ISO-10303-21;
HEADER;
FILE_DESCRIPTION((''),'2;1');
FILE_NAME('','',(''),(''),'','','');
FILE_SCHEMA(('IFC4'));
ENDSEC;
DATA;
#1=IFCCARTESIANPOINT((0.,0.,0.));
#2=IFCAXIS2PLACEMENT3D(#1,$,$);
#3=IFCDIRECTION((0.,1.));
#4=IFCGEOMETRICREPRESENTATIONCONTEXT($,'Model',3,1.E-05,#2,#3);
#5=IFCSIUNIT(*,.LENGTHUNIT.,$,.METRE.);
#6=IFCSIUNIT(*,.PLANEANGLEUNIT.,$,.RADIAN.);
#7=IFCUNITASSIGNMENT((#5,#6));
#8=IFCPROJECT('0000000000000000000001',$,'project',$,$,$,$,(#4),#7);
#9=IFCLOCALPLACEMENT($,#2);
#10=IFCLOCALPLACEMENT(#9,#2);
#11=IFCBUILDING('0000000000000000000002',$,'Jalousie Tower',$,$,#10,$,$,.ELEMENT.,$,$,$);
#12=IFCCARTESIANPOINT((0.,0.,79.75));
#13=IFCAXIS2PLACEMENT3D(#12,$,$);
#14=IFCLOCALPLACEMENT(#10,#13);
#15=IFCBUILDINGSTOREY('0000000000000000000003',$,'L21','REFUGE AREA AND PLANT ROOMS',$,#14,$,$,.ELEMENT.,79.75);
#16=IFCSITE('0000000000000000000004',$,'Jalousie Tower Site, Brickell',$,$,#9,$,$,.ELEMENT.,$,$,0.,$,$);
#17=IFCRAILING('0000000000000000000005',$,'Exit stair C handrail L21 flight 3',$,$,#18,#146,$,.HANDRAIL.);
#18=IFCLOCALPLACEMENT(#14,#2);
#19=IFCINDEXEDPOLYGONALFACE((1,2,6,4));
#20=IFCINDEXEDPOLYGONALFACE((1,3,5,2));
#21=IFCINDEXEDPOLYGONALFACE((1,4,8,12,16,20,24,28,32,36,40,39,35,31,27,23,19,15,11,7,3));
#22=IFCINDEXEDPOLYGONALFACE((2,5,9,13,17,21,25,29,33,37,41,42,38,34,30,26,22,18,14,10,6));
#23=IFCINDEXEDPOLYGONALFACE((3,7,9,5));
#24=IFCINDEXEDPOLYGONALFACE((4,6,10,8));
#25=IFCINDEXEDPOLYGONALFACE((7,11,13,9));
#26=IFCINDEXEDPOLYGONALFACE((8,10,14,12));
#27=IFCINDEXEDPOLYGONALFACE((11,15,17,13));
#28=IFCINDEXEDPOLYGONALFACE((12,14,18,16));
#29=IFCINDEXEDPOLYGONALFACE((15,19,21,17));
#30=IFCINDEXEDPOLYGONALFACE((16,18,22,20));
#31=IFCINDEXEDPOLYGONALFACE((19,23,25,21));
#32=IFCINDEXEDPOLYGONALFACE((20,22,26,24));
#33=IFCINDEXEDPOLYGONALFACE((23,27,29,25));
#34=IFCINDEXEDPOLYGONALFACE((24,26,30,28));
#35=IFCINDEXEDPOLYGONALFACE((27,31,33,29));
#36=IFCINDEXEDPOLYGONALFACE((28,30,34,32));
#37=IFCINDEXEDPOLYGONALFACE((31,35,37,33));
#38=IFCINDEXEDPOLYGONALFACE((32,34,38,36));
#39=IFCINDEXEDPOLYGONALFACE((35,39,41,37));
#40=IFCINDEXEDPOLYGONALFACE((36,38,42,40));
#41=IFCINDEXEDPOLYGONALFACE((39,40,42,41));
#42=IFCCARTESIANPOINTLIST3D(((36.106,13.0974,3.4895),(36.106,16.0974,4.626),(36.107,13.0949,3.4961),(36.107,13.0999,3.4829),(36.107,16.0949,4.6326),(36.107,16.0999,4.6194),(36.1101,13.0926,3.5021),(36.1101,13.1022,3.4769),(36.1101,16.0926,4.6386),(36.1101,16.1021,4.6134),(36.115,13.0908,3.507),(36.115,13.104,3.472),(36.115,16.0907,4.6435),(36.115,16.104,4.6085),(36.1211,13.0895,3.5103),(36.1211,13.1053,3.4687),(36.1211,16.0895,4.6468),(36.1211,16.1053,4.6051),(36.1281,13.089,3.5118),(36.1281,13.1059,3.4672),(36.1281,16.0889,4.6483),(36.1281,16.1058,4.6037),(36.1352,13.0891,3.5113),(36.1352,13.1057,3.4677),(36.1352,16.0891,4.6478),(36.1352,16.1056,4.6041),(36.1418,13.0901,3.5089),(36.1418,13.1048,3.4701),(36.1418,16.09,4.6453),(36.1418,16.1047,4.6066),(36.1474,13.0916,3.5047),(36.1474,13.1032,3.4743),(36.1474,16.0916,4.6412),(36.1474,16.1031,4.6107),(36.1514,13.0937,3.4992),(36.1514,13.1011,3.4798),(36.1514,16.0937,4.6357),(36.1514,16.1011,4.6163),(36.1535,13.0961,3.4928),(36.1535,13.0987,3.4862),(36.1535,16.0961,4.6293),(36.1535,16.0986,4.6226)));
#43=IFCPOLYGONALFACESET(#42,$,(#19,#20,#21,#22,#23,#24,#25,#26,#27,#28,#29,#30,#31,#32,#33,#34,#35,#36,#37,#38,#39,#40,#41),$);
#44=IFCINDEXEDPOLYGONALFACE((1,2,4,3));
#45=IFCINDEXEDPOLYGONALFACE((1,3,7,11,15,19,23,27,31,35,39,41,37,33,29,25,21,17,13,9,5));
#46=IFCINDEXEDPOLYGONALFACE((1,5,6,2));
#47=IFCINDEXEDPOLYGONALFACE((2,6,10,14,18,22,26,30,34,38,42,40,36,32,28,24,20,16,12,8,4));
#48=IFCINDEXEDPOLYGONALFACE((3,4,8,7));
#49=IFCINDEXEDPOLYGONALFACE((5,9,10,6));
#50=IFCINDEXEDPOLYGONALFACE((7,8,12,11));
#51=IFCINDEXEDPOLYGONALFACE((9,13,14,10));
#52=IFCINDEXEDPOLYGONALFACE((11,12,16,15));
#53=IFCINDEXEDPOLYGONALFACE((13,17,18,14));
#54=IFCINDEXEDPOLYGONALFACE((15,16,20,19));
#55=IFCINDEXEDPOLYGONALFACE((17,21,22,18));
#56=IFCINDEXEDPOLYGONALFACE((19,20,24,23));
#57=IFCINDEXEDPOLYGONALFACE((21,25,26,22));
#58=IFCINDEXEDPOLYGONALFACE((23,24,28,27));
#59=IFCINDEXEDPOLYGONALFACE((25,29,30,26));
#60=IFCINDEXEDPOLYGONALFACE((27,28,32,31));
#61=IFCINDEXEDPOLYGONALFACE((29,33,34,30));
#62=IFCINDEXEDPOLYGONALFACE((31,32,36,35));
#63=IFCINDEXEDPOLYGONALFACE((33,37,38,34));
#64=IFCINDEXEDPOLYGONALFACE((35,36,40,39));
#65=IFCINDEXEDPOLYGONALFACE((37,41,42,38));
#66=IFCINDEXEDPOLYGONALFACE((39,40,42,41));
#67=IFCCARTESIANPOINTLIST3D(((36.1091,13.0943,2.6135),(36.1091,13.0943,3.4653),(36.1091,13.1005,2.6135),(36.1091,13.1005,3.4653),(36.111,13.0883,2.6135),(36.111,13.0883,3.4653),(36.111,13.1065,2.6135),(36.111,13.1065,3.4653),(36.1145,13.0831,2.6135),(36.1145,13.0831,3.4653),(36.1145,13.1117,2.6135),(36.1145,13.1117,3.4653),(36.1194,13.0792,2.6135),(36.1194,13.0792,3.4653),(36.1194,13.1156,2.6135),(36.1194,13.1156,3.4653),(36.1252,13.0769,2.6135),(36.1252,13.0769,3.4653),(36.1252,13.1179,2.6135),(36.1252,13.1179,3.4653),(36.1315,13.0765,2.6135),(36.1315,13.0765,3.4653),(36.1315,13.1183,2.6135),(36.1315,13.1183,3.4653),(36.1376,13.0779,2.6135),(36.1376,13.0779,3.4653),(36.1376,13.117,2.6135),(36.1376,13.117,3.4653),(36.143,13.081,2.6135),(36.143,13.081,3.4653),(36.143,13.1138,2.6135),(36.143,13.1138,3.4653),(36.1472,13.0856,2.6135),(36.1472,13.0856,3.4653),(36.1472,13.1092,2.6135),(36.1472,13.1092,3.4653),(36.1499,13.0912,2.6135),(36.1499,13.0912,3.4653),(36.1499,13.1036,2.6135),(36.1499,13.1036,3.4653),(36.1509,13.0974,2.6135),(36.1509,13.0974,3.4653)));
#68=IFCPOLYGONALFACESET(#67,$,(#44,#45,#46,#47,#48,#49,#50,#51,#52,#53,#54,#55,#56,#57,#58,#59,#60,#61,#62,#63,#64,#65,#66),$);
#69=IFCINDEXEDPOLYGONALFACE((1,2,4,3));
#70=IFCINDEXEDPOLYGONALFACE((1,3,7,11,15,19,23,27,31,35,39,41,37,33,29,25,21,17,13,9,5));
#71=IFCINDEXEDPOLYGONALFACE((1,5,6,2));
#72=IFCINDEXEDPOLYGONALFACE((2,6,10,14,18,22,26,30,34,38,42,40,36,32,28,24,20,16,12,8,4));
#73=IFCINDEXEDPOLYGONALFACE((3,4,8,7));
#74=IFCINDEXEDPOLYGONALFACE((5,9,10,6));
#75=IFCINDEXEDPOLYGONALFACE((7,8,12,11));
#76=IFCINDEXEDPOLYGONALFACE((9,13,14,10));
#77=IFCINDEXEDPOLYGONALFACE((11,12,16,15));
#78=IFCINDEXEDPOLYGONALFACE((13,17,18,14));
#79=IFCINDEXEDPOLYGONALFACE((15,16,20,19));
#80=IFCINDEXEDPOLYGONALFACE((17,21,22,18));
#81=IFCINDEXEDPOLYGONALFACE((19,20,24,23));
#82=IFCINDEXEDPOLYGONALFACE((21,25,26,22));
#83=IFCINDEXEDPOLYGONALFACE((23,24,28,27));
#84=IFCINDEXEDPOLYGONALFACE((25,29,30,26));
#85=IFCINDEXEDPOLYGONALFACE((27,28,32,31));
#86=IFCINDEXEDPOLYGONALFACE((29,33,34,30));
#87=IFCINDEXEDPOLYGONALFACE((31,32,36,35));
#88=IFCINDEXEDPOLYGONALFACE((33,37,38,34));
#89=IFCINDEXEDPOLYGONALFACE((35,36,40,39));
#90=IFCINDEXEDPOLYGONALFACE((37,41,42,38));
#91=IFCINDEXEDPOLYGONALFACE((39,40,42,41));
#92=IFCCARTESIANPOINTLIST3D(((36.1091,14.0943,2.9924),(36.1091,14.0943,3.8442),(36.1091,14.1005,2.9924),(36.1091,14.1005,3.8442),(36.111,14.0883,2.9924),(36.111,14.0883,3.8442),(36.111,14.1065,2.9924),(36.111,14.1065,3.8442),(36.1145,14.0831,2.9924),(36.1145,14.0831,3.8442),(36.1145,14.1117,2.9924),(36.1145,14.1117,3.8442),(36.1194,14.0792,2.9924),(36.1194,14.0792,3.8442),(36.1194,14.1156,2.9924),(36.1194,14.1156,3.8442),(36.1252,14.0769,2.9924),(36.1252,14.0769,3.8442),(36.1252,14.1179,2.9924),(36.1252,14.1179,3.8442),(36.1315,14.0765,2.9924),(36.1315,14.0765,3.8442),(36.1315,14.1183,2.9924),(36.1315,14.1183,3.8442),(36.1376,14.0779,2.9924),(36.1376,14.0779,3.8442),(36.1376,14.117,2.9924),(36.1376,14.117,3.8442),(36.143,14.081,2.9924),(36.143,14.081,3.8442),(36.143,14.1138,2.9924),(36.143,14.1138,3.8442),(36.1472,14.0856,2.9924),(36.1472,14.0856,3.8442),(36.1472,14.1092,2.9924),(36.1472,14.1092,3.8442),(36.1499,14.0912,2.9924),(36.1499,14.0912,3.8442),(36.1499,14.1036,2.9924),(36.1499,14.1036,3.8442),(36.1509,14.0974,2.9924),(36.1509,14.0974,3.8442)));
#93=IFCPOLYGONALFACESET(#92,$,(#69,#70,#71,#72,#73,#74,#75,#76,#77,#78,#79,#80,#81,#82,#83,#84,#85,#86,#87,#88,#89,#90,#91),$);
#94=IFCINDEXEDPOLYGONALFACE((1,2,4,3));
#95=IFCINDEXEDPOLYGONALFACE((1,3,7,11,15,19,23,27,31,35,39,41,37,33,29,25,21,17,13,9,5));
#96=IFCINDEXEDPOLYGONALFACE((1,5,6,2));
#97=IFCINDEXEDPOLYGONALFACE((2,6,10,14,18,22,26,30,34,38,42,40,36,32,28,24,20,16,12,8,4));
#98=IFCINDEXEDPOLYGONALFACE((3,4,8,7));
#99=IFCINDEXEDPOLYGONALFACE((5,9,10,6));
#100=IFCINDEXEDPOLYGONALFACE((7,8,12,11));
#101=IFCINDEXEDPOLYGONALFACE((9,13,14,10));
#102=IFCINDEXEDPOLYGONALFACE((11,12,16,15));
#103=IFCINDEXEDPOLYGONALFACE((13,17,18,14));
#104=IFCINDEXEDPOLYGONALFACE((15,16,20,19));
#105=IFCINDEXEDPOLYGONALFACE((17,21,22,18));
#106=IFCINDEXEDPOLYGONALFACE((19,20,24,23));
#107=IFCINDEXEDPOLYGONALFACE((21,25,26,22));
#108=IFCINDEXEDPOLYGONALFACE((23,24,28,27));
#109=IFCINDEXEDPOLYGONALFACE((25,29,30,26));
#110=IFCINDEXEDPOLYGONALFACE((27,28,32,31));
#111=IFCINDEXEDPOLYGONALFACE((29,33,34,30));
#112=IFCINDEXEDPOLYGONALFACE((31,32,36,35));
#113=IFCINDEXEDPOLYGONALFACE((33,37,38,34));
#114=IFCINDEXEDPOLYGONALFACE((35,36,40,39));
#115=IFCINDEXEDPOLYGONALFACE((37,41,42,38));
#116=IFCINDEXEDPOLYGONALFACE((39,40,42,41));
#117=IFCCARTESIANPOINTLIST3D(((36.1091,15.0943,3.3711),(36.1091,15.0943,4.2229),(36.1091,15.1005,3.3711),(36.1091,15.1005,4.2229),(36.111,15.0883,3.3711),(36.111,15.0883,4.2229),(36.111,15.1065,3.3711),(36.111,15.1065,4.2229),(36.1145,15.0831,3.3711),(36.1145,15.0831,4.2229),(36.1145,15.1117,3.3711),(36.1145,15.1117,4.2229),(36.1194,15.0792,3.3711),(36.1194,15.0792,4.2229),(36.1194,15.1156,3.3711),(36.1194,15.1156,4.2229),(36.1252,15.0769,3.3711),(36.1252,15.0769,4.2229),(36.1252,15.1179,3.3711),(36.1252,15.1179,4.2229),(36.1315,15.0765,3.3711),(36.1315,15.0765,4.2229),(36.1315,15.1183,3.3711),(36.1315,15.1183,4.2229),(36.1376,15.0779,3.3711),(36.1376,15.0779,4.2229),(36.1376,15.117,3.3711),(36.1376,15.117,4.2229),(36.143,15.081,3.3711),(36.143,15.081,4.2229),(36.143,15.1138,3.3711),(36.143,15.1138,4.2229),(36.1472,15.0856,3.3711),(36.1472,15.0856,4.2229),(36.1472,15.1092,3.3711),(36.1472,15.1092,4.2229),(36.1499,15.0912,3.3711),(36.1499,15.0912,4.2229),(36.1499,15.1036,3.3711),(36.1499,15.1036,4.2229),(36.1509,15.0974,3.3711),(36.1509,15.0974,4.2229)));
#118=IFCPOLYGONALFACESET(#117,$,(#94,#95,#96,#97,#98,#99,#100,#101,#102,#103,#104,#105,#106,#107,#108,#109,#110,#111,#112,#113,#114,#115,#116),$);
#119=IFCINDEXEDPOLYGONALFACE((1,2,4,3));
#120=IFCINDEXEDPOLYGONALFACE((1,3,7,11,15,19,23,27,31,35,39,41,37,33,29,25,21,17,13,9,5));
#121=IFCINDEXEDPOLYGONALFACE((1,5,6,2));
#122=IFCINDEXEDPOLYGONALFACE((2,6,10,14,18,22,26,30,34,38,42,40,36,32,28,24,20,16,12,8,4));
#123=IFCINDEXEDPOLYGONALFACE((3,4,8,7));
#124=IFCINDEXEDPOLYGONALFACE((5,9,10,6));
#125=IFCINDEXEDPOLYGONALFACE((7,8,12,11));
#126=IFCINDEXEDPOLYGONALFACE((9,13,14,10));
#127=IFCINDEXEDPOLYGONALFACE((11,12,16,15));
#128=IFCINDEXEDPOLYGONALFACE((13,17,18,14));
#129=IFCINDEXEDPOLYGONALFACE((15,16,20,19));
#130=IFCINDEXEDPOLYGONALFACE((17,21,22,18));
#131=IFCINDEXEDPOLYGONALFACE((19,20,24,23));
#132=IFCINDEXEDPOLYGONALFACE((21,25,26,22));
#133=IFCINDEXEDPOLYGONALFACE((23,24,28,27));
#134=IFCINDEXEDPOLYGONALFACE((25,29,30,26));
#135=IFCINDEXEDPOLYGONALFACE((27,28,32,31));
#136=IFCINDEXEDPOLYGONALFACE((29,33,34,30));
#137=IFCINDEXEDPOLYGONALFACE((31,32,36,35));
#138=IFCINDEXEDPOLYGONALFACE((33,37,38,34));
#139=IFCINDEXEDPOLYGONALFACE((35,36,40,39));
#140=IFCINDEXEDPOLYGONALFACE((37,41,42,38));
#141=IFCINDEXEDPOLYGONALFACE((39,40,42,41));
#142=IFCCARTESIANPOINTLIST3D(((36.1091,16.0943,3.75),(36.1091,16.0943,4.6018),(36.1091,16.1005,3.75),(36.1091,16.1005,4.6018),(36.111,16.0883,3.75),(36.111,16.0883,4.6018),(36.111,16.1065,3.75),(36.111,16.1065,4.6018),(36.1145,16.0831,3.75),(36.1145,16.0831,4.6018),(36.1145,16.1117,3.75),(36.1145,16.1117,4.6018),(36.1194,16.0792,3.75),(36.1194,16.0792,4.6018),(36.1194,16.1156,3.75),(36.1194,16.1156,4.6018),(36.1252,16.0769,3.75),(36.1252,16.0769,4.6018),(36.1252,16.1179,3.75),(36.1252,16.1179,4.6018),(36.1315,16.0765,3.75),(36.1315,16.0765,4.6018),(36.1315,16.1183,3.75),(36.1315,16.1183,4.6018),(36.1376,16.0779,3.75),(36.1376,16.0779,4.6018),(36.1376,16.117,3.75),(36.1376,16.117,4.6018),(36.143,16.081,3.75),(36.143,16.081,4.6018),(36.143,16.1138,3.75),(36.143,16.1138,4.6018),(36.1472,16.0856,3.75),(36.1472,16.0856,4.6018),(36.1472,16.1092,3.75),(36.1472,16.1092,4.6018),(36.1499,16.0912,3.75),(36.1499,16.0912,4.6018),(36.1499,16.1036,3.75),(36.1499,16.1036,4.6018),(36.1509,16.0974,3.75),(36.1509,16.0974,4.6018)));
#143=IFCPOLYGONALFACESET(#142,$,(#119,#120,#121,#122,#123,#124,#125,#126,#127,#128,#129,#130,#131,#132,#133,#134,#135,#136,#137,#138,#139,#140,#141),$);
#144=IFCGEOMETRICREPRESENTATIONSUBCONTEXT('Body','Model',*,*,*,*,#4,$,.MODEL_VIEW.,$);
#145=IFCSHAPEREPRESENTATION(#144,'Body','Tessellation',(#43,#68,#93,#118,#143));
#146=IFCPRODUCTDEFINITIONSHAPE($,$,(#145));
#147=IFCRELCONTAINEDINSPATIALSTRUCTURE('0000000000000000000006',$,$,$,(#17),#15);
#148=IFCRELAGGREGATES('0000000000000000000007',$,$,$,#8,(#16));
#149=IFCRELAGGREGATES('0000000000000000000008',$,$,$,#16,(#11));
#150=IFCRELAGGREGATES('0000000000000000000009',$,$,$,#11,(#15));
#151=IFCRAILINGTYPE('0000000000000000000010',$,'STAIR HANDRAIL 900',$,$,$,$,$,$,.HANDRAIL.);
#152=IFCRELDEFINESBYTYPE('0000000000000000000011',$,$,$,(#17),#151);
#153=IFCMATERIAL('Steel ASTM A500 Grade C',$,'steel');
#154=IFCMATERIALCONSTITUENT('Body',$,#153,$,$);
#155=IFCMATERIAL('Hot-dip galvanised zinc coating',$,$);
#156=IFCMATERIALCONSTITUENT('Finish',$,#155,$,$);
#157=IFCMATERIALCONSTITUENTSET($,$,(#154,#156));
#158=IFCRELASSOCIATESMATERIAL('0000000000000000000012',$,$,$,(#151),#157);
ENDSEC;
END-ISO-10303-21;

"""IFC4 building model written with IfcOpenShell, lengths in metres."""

from ifc_helpers import new_model, si_unit, direction, frame, origin, origin_2d, place, context, subcontext, project, spatial, circle, extrude, material, constituent, constituent_set, type_object, element, save


model = new_model("IFC4")

# Units and contexts
model_context = context("Model", 3, precision=1e-05, world=origin(), true_north=direction((0.0, 1.0)))
body_context = subcontext(model_context, "Body", "Model", "MODEL_VIEW")
ifc_project = project(units=[si_unit("LENGTHUNIT", "METRE"), si_unit("PLANEANGLEUNIT", "RADIAN")], contexts=[model_context])

# Site, building, storey
site_placement = place(None, origin())
site = spatial("IfcSite", under=ifc_project, at=site_placement, Name="Jalousie Tower Site, Brickell", CompositionType="ELEMENT", RefElevation=0.0)
building_placement = place(site_placement, origin())
building = spatial("IfcBuilding", under=site, at=building_placement, Name="Jalousie Tower", CompositionType="ELEMENT")
storey_placement = place(building_placement, frame((0.0, 0.0, 79.75)))
storey = spatial("IfcBuildingStorey", under=building, at=storey_placement, Name="L21", Description="REFUGE AREA AND PLANT ROOMS", CompositionType="ELEMENT", Elevation=79.75)

# Railing
ifc_material_1 = material(Name="Steel ASTM A500 Grade C", Category="steel")
ifc_constituent_1 = constituent(ifc_material_1, Name="Body")
ifc_material_2 = material(Name="Hot-dip galvanised zinc coating")
ifc_constituent_2 = constituent(ifc_material_2, Name="Finish")
ifc_constituent_set_1 = constituent_set(constituents=[ifc_constituent_1, ifc_constituent_2])
railing_type_1 = type_object("IfcRailingType", Name="STAIR HANDRAIL 900", PredefinedType="HANDRAIL", material=ifc_constituent_set_1)
for number, where, name in (
    (1, (36.1299, 13.0974, 2.6135), "Exit stair C handrail L21 flight 3"),
):
    element("IfcRailing", number, at=place(storey_placement, frame(where)), inside=storey, type_object=railing_type_1, Name=name, PredefinedType="HANDRAIL", context=body_context, shape_type="SweptSolid", body=[
        extrude(circle(Radius=0.0239, at=origin_2d()), frame((0.0, 0.0, 0.876), z_axis=(0.0, 0.935148, 0.354257), x_axis=(-1.0, 0.0, 0.0)), (0.0, 0.0, 1.0), 3.208),
        extrude(circle(Radius=0.021, at=origin_2d()), origin(), (0.0, 0.0, 1.0), 0.8518),
        extrude(circle(Radius=0.021, at=origin_2d()), frame((0.0, 1.0, 0.3789)), (0.0, 0.0, 1.0), 0.8518),
        extrude(circle(Radius=0.021, at=origin_2d()), frame((0.0, 2.0, 0.7576)), (0.0, 0.0, 1.0), 0.8518),
        extrude(circle(Radius=0.021, at=origin_2d()), frame((0.0, 3.0, 1.1365)), (0.0, 0.0, 1.0), 0.8518),
    ])

save(model, "model.ifc")
